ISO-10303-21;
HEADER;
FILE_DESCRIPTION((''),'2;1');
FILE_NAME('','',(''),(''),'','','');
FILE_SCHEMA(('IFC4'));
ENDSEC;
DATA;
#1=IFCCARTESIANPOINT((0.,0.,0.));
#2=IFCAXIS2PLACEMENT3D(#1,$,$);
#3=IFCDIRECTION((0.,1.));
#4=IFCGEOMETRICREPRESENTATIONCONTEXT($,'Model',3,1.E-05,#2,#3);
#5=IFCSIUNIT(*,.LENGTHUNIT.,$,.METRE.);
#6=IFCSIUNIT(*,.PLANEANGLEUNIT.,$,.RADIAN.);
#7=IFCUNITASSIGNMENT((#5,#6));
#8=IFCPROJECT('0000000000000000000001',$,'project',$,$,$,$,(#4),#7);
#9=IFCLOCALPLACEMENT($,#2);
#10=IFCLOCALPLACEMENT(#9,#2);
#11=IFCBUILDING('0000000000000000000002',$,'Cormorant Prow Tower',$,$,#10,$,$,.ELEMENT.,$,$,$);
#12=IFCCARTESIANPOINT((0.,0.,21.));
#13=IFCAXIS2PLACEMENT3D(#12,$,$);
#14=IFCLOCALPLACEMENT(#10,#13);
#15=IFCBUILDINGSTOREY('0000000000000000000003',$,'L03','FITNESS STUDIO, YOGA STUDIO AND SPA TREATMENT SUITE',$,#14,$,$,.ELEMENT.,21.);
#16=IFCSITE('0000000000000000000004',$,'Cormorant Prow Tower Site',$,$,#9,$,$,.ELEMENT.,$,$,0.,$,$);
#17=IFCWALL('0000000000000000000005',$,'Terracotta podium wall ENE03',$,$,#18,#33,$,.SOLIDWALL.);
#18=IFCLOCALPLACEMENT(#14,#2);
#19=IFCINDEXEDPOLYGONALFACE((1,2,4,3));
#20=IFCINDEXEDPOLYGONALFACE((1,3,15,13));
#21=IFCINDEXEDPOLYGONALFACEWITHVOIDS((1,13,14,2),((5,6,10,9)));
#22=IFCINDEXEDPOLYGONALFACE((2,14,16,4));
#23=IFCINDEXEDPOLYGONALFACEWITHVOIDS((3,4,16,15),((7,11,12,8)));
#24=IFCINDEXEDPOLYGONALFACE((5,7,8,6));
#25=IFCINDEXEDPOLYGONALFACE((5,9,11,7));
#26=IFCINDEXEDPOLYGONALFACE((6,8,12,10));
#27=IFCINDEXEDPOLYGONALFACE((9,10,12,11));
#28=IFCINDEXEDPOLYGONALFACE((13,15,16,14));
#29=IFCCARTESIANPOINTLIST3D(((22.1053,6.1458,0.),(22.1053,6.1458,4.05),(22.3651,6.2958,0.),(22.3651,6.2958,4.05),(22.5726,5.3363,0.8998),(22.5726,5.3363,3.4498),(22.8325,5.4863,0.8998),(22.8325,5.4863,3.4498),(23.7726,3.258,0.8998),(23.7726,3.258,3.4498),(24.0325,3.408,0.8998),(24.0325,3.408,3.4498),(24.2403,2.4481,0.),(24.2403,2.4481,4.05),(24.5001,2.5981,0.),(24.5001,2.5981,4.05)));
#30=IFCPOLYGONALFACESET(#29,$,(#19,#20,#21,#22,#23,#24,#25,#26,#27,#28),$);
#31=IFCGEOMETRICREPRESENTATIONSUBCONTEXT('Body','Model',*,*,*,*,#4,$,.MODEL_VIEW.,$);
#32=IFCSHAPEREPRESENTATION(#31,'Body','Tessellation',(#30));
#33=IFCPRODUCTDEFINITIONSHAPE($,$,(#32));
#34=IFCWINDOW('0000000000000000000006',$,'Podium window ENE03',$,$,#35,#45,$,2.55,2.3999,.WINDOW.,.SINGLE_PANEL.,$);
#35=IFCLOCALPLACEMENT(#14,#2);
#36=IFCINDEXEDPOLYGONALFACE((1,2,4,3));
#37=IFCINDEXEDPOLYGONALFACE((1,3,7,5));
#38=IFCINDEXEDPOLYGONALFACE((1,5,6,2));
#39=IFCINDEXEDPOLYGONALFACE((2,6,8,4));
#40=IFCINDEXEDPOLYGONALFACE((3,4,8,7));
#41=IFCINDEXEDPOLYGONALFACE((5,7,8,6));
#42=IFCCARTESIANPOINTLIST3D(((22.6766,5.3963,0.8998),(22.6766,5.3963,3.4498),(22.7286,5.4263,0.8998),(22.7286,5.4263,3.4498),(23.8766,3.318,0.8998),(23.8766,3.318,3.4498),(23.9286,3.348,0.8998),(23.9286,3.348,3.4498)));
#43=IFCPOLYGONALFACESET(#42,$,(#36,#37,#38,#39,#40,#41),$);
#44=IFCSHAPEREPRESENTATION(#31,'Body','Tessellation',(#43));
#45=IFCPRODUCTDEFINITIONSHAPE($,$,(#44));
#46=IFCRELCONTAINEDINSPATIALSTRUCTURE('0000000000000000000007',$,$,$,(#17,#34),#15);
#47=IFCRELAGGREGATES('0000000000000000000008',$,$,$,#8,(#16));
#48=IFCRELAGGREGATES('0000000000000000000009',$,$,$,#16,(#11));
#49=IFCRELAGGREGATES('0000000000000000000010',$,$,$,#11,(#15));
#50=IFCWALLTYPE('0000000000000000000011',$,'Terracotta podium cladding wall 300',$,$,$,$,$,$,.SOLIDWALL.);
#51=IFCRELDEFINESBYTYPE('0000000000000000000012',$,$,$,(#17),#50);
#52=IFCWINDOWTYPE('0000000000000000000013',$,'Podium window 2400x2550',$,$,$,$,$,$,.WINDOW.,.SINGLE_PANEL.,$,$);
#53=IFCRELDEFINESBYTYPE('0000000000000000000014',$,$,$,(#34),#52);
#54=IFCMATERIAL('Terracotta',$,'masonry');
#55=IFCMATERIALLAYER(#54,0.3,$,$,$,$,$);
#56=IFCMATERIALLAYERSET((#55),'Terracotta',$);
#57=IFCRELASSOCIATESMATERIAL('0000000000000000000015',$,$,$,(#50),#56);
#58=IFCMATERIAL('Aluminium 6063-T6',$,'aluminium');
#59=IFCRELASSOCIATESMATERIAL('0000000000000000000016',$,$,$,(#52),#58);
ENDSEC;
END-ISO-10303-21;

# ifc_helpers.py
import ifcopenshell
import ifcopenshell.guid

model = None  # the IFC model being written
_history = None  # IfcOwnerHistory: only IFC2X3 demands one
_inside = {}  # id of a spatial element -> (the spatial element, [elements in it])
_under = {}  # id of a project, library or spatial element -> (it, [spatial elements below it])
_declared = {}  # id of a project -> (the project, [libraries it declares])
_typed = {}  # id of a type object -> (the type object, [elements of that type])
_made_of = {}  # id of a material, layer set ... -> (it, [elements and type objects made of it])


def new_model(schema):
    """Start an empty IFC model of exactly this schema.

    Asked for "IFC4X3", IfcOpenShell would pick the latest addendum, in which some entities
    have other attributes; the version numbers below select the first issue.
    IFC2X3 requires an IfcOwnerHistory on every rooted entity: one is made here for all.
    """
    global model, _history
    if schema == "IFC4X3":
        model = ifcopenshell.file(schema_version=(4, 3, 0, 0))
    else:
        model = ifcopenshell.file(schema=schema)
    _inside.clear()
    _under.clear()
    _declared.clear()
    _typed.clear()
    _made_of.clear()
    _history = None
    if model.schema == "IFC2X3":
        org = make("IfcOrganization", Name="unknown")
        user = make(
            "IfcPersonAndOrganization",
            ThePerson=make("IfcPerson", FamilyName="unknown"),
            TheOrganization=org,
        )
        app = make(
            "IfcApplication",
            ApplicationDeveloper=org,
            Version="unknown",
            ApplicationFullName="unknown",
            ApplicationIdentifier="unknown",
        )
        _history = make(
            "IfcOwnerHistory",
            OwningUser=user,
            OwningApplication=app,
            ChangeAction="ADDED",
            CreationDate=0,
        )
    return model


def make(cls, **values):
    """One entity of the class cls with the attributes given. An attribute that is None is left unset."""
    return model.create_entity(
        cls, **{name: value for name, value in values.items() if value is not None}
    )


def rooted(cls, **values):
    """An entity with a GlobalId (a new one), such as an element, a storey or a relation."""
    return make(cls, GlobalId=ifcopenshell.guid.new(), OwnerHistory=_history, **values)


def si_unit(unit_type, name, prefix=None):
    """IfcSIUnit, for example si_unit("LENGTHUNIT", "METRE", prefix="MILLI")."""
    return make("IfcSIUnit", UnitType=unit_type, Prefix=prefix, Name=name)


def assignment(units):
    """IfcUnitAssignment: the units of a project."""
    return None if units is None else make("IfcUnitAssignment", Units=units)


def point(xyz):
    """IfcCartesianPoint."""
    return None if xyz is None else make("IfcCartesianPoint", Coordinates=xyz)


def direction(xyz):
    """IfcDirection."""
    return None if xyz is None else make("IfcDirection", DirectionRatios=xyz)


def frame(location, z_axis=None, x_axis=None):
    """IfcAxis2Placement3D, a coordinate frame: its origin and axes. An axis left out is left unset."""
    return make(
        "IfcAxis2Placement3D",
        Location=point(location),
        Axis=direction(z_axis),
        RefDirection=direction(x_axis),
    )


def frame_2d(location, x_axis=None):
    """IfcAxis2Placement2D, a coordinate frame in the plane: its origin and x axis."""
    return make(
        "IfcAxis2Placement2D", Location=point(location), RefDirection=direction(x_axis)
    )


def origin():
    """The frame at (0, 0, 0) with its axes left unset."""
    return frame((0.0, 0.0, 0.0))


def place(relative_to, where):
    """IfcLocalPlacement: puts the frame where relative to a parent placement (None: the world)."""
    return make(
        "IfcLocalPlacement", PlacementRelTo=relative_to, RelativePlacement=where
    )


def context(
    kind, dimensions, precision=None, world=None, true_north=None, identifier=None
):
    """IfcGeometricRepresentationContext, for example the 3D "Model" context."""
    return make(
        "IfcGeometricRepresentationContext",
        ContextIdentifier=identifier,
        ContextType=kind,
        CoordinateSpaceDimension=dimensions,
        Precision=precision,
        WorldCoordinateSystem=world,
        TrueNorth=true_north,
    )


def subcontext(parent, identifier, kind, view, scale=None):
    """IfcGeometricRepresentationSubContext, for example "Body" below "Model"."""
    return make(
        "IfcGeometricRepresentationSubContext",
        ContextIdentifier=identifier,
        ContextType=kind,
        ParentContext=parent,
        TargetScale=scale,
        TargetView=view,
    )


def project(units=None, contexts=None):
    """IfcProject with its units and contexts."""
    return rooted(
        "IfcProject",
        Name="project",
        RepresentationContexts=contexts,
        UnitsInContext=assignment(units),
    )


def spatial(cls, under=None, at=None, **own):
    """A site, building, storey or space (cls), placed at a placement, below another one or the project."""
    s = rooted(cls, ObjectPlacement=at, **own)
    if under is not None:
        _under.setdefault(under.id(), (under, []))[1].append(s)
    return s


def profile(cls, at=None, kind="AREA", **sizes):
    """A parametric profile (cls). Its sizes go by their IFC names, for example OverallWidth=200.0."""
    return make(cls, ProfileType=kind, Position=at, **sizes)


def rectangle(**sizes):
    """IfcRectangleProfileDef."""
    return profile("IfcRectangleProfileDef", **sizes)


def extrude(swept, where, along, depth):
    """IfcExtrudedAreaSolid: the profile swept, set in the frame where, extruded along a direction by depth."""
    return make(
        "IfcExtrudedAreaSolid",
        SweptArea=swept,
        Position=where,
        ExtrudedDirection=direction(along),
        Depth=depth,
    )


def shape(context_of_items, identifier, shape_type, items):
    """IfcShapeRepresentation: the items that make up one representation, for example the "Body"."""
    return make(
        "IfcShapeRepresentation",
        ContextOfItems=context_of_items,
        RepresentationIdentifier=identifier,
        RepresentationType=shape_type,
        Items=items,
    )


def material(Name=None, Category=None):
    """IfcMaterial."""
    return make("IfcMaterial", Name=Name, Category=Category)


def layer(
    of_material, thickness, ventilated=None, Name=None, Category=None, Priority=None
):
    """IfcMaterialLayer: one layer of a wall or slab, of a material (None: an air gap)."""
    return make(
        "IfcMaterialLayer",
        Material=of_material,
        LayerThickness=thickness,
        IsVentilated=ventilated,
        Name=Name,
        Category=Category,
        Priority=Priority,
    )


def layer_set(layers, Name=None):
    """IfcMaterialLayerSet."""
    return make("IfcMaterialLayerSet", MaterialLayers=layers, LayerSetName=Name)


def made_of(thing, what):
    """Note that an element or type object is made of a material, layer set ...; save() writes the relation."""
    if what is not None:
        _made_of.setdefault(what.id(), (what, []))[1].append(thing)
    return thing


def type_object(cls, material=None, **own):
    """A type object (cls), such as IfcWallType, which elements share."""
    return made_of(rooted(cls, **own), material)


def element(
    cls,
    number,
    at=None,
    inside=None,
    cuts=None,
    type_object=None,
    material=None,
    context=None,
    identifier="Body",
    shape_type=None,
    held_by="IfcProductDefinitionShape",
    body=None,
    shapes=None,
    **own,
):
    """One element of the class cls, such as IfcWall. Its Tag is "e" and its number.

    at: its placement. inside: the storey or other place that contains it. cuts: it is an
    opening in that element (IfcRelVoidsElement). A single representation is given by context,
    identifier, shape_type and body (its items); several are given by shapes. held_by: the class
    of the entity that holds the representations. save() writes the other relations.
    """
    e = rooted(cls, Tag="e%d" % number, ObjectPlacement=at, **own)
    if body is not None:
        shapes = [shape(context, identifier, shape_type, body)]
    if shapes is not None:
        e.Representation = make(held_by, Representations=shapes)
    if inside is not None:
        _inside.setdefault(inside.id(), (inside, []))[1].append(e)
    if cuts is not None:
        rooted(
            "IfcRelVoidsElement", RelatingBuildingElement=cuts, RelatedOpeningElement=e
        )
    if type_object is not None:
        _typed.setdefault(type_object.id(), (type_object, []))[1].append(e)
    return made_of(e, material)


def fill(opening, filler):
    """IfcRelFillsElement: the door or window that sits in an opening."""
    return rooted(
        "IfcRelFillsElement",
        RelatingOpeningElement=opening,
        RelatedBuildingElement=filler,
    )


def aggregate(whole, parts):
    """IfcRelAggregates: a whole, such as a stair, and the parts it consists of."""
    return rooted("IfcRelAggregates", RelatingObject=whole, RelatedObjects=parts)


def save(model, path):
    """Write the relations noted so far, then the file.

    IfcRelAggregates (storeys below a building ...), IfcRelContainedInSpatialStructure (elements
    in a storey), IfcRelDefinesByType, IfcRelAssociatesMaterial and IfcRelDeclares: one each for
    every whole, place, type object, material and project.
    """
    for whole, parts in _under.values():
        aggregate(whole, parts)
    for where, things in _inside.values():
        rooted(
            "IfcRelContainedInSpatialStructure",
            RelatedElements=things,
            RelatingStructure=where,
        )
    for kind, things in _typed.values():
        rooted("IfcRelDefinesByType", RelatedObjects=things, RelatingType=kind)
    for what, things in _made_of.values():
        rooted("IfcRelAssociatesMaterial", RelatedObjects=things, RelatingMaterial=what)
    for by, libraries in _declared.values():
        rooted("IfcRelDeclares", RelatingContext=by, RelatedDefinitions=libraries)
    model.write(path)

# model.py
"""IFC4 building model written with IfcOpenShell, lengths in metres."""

from ifc_helpers import new_model, si_unit, direction, frame, frame_2d, origin, place, context, subcontext, project, spatial, rectangle, extrude, material, layer, layer_set, type_object, element, fill, save


model = new_model("IFC4")

# Units and contexts
model_context = context("Model", 3, precision=1e-05, world=origin(), true_north=direction((0.0, 1.0)))
body_context = subcontext(model_context, "Body", "Model", "MODEL_VIEW")
ifc_project = project(units=[si_unit("LENGTHUNIT", "METRE"), si_unit("PLANEANGLEUNIT", "RADIAN")], contexts=[model_context])

# Site, building, storey
site_placement = place(None, origin())
site = spatial("IfcSite", under=ifc_project, at=site_placement, Name="Cormorant Prow Tower Site", CompositionType="ELEMENT", RefElevation=0.0)
building_placement = place(site_placement, origin())
building = spatial("IfcBuilding", under=site, at=building_placement, Name="Cormorant Prow Tower", CompositionType="ELEMENT")
storey_placement = place(building_placement, frame((0.0, 0.0, 21.0)))
storey = spatial("IfcBuildingStorey", under=building, at=storey_placement, Name="L03", Description="FITNESS STUDIO, YOGA STUDIO AND SPA TREATMENT SUITE", CompositionType="ELEMENT", Elevation=21.0)

# Wall, opening, window
ifc_material_1 = material(Name="Terracotta", Category="masonry")
ifc_layer_1 = layer(ifc_material_1, 0.3)
ifc_layer_set_1 = layer_set([ifc_layer_1], Name="Terracotta")
wall_type_1 = type_object("IfcWallType", Name="Terracotta podium cladding wall 300", PredefinedType="SOLIDWALL", material=ifc_layer_set_1)
wall_1_placement = place(storey_placement, frame((24.3701, 2.5232, 0.0), z_axis=(0.0, 0.0, 1.0), x_axis=(-0.500019, 0.866014, 0.0)))
wall_1 = element("IfcWall", 1, at=wall_1_placement, inside=storey, type_object=wall_type_1, Name="Terracotta podium wall ENE03", PredefinedType="SOLIDWALL", context=body_context, shape_type="SweptSolid", body=[
    extrude(rectangle(XDim=4.2698, YDim=0.3, at=frame_2d((2.1348, 0.0))), origin(), (0.0, 0.0, 1.0), 4.05),
])
opening_1_placement = place(wall_1_placement, frame((0.9351, 0.0, 0.8999)))
opening_1 = element("IfcOpeningElement", 2, at=opening_1_placement, cuts=wall_1, PredefinedType="OPENING", context=body_context, shape_type="SweptSolid", body=[
    extrude(rectangle(XDim=2.3999, YDim=2.55, at=frame_2d((1.2, 1.2749))), frame((0.0, 0.1599, 0.0), z_axis=(0.0, -1.0, 0.0), x_axis=(1.0, 0.0, 0.0)), (0.0, 0.0, 1.0), 0.3201),
])
ifc_material_2 = material(Name="Aluminium 6063-T6", Category="aluminium")
window_type = type_object("IfcWindowType", Name="Podium window 2400x2550", PartitioningType="SINGLE_PANEL", PredefinedType="WINDOW", material=ifc_material_2)
window_placement = place(opening_1_placement, origin())
window = element("IfcWindow", 3, at=window_placement, inside=storey, type_object=window_type, Name="Podium window ENE03", OverallHeight=2.55, OverallWidth=2.3999, PartitioningType="SINGLE_PANEL", PredefinedType="WINDOW", context=body_context, shape_type="SweptSolid", body=[
    extrude(rectangle(XDim=2.3999, YDim=2.55, at=frame_2d((1.2, 1.2749))), frame((0.0, 0.03, 0.0), z_axis=(0.0, -1.0, 0.0), x_axis=(1.0, 0.0, 0.0)), (0.0, 0.0, 1.0), 0.0601),
])
fill(opening_1, window)

save(model, "model.ifc")
